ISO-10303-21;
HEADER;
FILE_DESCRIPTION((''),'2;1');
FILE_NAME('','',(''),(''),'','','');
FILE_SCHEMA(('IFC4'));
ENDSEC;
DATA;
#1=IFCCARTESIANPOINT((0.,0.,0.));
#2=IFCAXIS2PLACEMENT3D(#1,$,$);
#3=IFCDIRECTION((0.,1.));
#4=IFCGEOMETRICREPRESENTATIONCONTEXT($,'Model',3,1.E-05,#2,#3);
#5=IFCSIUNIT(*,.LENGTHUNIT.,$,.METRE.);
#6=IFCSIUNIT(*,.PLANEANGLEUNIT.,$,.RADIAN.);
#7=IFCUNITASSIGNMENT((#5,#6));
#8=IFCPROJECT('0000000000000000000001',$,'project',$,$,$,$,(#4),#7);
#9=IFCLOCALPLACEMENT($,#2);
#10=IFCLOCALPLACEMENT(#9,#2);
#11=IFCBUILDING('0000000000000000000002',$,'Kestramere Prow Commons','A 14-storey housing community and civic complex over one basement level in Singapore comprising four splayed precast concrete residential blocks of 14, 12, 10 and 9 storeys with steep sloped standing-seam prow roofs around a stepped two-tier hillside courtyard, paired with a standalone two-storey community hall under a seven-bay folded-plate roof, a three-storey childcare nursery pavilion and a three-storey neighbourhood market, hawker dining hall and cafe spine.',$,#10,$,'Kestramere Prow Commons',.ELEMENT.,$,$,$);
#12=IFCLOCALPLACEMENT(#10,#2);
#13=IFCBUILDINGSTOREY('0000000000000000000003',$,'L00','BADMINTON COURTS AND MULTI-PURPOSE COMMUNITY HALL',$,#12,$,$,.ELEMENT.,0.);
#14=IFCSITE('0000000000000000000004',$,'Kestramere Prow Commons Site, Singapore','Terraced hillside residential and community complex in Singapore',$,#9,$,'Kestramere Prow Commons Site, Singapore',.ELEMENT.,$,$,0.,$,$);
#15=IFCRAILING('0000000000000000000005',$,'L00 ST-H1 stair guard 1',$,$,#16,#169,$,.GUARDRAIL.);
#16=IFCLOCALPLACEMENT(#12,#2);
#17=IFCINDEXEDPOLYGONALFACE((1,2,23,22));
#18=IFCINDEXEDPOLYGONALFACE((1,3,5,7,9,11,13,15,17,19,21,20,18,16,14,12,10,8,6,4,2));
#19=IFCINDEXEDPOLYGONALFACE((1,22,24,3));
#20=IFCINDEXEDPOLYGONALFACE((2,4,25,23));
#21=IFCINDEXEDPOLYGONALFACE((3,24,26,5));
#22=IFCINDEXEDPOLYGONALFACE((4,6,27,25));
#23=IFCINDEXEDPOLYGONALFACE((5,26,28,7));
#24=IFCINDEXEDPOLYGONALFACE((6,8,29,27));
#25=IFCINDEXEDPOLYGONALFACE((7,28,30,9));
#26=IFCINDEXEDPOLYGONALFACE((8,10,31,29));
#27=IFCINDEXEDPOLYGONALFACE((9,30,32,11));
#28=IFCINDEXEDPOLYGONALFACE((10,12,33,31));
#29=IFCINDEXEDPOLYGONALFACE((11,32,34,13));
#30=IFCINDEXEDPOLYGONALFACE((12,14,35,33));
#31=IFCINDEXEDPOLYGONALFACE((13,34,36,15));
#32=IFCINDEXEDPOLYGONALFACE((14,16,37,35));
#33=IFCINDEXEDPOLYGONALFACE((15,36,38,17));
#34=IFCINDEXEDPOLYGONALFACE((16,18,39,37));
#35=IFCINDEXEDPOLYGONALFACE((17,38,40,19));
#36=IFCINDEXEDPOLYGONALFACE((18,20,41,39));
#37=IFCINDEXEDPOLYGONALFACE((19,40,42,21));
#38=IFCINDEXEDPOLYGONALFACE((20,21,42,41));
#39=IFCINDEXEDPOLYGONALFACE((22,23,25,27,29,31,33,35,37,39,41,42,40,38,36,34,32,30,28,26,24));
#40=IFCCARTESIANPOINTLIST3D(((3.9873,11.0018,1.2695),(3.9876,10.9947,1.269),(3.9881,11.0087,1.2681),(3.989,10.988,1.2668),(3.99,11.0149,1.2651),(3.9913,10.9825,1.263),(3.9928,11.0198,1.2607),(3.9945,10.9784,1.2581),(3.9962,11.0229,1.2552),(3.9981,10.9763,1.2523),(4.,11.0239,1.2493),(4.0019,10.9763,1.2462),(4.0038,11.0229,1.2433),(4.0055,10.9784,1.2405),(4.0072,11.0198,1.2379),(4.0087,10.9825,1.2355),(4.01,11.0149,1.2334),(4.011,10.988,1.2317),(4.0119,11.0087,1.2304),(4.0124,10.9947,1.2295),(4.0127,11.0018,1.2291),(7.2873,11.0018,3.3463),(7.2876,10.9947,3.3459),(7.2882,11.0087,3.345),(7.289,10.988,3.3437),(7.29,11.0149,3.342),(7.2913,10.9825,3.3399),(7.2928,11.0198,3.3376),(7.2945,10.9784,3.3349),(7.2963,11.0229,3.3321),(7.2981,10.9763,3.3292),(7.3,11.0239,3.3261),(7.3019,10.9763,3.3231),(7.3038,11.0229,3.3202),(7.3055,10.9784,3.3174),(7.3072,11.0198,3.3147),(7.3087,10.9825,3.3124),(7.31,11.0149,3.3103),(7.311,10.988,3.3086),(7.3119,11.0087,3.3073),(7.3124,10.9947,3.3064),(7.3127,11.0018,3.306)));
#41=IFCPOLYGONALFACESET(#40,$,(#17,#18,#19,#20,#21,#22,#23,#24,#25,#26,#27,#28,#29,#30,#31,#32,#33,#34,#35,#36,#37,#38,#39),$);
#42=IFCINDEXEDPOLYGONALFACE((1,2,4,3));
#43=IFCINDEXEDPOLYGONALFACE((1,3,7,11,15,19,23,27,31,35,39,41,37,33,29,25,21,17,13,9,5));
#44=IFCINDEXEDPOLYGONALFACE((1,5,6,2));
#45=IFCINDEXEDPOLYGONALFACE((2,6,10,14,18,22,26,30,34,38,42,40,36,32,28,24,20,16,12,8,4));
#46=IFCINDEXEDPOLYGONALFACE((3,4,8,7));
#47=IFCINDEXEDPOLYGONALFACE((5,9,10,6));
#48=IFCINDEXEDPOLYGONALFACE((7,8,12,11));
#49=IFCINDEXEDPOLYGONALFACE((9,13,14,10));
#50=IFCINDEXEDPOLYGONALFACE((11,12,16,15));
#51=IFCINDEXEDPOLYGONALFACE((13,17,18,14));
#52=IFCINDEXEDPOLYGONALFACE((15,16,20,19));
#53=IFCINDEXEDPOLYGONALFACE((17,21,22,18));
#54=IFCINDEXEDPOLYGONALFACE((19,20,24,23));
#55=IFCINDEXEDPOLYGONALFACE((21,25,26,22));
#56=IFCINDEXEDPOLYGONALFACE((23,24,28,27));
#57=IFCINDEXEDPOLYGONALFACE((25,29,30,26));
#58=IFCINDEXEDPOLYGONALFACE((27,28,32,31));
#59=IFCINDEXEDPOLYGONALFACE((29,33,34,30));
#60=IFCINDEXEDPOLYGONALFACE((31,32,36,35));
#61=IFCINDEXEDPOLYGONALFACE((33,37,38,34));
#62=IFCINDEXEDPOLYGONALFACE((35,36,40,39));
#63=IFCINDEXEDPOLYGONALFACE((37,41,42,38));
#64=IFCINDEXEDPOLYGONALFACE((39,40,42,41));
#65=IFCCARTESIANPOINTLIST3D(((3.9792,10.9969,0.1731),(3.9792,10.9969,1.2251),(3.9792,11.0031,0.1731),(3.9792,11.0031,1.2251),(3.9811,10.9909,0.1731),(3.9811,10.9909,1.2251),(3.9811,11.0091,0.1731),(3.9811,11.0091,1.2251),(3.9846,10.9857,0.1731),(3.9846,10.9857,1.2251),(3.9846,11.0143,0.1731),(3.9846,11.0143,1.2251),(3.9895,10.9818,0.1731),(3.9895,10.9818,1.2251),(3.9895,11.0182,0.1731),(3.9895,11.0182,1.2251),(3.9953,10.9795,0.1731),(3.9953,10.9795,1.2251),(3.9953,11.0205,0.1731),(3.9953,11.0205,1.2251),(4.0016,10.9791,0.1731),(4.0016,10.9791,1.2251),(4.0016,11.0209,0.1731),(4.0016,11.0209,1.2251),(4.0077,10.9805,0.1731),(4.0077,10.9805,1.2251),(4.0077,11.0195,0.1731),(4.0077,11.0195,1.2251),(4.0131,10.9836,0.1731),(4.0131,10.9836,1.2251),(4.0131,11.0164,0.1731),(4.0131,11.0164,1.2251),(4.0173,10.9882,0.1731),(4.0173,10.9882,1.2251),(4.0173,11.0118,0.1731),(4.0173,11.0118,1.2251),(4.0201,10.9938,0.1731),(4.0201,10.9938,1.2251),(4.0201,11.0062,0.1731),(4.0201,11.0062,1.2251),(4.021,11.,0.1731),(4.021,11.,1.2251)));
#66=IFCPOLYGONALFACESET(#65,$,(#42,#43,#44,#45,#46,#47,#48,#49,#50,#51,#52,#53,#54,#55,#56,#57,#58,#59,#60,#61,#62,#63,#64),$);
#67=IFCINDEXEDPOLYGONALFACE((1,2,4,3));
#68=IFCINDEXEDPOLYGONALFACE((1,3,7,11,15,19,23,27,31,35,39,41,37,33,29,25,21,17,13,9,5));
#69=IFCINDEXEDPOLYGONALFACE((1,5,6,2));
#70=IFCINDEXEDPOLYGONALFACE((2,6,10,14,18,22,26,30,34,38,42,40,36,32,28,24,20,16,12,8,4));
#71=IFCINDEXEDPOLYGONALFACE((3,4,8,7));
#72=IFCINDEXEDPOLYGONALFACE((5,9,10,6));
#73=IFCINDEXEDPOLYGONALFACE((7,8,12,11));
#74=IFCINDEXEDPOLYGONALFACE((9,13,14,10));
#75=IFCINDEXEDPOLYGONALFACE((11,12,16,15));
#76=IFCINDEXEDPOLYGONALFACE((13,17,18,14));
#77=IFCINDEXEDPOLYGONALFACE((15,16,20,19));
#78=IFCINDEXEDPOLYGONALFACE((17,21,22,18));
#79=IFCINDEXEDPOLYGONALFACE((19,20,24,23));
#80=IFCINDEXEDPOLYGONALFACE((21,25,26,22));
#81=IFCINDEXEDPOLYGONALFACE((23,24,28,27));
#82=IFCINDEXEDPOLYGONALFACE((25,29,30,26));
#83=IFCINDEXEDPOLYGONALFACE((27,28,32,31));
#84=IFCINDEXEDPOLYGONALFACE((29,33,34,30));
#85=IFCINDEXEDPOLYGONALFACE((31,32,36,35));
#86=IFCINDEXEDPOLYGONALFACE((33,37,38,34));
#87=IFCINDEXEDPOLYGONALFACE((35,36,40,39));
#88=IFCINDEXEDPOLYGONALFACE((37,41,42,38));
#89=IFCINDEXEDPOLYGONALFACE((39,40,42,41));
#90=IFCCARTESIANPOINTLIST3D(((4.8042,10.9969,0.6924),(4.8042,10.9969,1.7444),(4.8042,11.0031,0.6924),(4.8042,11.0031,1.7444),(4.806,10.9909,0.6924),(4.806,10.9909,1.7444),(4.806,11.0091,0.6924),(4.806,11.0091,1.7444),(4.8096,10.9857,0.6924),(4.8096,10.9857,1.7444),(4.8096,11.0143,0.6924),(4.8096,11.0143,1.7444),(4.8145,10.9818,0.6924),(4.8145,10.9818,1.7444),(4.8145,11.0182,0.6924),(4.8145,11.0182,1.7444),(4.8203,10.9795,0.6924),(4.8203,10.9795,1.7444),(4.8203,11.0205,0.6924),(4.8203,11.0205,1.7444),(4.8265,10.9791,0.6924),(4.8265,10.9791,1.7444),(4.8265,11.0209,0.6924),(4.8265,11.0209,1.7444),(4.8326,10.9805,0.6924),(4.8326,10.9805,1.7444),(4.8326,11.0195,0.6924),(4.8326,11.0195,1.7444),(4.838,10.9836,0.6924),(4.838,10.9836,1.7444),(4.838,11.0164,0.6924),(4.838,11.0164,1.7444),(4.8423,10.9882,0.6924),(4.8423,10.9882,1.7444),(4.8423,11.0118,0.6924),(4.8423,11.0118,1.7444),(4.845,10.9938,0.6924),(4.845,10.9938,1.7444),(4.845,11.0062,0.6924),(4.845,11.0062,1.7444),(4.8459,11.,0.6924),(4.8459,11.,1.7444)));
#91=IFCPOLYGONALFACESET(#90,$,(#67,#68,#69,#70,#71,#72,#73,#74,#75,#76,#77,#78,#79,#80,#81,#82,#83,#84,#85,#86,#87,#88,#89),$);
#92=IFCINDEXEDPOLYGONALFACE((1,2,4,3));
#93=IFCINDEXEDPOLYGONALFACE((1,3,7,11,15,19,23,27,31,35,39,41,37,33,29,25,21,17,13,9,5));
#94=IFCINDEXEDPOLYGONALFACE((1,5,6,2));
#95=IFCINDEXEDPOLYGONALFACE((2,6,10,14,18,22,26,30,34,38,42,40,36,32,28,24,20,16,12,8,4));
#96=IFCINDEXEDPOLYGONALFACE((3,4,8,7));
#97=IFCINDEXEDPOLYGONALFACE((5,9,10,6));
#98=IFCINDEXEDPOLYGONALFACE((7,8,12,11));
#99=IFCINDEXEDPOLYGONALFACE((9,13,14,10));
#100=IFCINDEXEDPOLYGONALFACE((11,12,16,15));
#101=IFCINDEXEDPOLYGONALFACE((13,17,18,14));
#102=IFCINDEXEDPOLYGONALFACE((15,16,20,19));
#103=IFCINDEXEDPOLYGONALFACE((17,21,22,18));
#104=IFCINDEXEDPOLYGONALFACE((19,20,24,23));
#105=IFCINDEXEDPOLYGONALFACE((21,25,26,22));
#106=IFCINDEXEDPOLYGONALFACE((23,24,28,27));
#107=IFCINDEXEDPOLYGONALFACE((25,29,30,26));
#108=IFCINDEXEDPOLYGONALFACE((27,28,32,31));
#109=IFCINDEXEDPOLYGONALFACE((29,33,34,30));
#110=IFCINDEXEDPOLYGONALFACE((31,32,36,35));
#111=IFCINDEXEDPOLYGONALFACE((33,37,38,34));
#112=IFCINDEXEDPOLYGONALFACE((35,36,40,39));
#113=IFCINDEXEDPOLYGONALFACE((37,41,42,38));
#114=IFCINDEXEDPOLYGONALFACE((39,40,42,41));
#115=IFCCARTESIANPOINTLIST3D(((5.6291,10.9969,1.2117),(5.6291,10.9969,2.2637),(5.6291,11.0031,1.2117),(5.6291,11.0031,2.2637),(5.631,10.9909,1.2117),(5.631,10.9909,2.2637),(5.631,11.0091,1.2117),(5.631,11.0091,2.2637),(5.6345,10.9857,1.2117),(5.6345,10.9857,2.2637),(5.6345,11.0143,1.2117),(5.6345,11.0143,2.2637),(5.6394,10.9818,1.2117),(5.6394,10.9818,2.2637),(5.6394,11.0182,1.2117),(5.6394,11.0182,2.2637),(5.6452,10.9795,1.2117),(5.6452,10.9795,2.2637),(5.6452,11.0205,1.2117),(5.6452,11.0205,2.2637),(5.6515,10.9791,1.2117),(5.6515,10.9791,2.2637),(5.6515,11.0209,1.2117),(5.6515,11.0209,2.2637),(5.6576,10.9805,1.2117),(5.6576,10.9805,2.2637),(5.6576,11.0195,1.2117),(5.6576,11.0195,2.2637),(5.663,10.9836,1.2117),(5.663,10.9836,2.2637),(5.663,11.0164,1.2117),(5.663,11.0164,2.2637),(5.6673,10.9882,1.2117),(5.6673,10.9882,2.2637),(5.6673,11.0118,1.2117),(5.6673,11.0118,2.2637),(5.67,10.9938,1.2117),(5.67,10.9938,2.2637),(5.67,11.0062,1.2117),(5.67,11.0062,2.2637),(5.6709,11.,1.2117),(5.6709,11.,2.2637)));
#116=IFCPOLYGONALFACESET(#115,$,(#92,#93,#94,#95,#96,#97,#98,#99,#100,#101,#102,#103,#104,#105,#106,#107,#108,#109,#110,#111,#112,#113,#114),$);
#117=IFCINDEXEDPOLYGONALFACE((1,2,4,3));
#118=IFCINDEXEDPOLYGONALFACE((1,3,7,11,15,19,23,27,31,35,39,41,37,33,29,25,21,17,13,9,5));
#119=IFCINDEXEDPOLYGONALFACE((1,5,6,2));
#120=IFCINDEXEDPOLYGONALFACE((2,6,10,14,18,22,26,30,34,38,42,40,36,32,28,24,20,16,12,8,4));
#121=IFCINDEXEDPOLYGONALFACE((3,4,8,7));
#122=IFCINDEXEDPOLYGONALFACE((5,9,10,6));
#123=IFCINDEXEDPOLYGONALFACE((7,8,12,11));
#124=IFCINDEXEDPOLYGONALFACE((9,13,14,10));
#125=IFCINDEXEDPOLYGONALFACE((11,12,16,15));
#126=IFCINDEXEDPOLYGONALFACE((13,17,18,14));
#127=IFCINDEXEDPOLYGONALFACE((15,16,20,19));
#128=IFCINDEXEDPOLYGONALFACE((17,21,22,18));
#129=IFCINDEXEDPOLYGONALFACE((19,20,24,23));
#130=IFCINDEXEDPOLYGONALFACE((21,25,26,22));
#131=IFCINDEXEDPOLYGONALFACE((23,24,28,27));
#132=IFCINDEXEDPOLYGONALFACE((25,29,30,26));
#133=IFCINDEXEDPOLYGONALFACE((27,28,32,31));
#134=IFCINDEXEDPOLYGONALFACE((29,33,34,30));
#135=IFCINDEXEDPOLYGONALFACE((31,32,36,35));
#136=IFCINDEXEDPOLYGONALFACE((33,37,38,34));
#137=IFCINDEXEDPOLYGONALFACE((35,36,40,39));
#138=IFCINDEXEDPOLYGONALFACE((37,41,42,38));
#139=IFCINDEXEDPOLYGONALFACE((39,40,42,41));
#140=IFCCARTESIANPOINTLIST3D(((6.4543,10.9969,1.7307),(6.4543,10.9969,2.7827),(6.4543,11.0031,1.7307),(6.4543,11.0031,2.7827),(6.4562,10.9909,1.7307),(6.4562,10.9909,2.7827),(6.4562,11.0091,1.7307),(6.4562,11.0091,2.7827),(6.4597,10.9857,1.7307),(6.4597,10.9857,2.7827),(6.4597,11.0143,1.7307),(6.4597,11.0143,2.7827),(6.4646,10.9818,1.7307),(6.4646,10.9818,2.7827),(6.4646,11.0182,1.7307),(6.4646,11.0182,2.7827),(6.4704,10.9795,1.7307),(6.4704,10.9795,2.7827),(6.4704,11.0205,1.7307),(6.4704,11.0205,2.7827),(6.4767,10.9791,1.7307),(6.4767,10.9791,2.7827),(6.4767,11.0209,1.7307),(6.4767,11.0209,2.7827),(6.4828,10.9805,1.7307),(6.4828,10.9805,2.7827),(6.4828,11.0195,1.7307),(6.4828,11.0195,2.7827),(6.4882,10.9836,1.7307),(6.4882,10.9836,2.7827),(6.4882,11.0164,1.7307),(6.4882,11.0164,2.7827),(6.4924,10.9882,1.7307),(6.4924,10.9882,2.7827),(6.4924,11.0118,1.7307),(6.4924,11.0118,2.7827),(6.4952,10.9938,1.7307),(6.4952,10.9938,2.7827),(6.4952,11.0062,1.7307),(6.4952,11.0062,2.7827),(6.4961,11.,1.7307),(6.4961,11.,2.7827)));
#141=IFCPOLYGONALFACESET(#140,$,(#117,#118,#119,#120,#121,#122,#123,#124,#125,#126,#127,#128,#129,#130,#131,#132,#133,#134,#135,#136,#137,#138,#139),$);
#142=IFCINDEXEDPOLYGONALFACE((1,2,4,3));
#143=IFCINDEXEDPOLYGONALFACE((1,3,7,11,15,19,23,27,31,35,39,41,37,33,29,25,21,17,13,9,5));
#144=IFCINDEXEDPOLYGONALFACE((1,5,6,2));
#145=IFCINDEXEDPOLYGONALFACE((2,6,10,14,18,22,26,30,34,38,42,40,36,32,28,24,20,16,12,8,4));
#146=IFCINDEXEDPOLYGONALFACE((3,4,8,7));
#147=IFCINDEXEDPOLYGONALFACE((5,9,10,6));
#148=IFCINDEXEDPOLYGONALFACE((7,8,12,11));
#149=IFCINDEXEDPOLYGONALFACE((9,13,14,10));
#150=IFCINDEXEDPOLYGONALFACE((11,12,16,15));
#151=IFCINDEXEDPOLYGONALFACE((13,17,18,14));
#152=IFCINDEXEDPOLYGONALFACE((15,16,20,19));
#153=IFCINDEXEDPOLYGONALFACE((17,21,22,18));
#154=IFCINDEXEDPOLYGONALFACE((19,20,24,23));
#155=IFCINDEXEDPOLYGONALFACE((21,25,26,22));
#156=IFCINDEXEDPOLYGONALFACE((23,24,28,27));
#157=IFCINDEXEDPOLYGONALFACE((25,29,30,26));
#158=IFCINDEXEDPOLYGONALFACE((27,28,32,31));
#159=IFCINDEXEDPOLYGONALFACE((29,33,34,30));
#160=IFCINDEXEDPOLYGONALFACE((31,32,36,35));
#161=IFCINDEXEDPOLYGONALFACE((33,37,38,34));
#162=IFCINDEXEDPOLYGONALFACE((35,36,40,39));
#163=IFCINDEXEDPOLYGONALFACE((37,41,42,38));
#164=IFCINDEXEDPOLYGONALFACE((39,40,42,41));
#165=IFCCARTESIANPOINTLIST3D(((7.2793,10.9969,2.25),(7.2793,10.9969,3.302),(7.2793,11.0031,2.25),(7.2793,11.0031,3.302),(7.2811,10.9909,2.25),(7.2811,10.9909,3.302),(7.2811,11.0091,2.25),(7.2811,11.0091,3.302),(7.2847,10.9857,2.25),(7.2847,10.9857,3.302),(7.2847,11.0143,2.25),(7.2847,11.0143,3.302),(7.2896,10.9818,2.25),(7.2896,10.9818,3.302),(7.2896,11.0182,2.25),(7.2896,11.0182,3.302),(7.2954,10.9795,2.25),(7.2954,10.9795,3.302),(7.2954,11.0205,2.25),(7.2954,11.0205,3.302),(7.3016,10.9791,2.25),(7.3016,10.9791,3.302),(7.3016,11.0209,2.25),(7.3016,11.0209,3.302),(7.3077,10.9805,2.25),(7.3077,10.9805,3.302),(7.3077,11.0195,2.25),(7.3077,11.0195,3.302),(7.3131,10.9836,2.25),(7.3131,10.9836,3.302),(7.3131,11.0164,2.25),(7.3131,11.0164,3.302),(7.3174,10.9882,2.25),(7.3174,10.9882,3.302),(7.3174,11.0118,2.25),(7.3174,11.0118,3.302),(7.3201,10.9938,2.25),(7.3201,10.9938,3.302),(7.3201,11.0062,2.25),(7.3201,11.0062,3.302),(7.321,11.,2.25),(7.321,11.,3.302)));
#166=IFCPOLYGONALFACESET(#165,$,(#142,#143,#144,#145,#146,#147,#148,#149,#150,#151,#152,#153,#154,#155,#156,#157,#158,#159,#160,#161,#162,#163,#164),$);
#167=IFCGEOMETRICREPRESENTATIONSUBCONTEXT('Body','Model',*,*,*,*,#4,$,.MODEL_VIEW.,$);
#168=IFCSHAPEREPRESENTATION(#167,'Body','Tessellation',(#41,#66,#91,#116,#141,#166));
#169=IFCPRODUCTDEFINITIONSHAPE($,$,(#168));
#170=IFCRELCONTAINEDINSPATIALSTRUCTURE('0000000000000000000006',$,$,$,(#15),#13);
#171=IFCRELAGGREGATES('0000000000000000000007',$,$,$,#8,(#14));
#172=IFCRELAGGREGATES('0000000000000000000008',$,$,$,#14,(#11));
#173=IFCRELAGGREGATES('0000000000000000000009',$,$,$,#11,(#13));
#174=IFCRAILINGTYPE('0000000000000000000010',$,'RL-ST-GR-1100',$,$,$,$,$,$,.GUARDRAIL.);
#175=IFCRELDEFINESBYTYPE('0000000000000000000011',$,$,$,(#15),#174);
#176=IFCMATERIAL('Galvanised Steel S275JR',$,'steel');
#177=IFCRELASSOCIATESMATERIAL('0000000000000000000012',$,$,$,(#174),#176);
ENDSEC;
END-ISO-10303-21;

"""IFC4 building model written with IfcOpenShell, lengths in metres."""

from ifc_helpers import new_model, si_unit, direction, frame, origin, origin_2d, place, context, subcontext, project, spatial, circle, extrude, material, type_object, element, save


model = new_model("IFC4")

# Units and contexts
model_context = context("Model", 3, precision=1e-05, world=origin(), true_north=direction((0.0, 1.0)))
body_context = subcontext(model_context, "Body", "Model", "MODEL_VIEW")
ifc_project = project(units=[si_unit("LENGTHUNIT", "METRE"), si_unit("PLANEANGLEUNIT", "RADIAN")], contexts=[model_context])

# Site, building, storey
site_placement = place(None, origin())
site = spatial("IfcSite", under=ifc_project, at=site_placement, Name="Kestramere Prow Commons Site, Singapore", Description="Terraced hillside residential and community complex in Singapore", LongName="Kestramere Prow Commons Site, Singapore", CompositionType="ELEMENT", RefElevation=0.0)
building_placement = place(site_placement, origin())
building = spatial("IfcBuilding", under=site, at=building_placement, Name="Kestramere Prow Commons", Description="A 14-storey housing community and civic complex over one basement level in Singapore comprising four splayed precast concrete residential blocks of 14, 12, 10 and 9 storeys with steep sloped standing-seam prow roofs around a stepped two-tier hillside courtyard, paired with a standalone two-storey community hall under a seven-bay folded-plate roof, a three-storey childcare nursery pavilion and a three-storey neighbourhood market, hawker dining hall and cafe spine.", LongName="Kestramere Prow Commons", CompositionType="ELEMENT")
storey_placement = place(building_placement, origin())
storey = spatial("IfcBuildingStorey", under=building, at=storey_placement, Name="L00", Description="BADMINTON COURTS AND MULTI-PURPOSE COMMUNITY HALL", CompositionType="ELEMENT", Elevation=0.0)

# Railing
ifc_material_1 = material(Name="Galvanised Steel S275JR", Category="steel")
railing_type = type_object("IfcRailingType", Name="RL-ST-GR-1100", PredefinedType="GUARDRAIL", material=ifc_material_1)
railing_1_placement = place(storey_placement, frame((4.0, 11.0, 0.1731)))
element("IfcRailing", 1, at=railing_1_placement, inside=storey, type_object=railing_type, Name="L00 ST-H1 stair guard 1", PredefinedType="GUARDRAIL", context=body_context, shape_type="SweptSolid", body=[
    extrude(circle(Radius=0.0239, at=origin_2d()), frame((0.0, 0.0, 1.0762), z_axis=(0.846337, 0.0, 0.532647), x_axis=(0.0, 1.0, 0.0)), (0.0, 0.0, 1.0), 3.8992),
    extrude(circle(Radius=0.021, at=origin_2d()), origin(), (0.0, 0.0, 1.0), 1.052),
    extrude(circle(Radius=0.021, at=origin_2d()), frame((0.825, 0.0, 0.5193)), (0.0, 0.0, 1.0), 1.052),
    extrude(circle(Radius=0.021, at=origin_2d()), frame((1.6499, 0.0, 1.0386)), (0.0, 0.0, 1.0), 1.052),
    extrude(circle(Radius=0.021, at=origin_2d()), frame((2.4751, 0.0, 1.5576)), (0.0, 0.0, 1.0), 1.052),
    extrude(circle(Radius=0.021, at=origin_2d()), frame((3.3, 0.0, 2.0769)), (0.0, 0.0, 1.0), 1.052),
])

save(model, "model.ifc")
